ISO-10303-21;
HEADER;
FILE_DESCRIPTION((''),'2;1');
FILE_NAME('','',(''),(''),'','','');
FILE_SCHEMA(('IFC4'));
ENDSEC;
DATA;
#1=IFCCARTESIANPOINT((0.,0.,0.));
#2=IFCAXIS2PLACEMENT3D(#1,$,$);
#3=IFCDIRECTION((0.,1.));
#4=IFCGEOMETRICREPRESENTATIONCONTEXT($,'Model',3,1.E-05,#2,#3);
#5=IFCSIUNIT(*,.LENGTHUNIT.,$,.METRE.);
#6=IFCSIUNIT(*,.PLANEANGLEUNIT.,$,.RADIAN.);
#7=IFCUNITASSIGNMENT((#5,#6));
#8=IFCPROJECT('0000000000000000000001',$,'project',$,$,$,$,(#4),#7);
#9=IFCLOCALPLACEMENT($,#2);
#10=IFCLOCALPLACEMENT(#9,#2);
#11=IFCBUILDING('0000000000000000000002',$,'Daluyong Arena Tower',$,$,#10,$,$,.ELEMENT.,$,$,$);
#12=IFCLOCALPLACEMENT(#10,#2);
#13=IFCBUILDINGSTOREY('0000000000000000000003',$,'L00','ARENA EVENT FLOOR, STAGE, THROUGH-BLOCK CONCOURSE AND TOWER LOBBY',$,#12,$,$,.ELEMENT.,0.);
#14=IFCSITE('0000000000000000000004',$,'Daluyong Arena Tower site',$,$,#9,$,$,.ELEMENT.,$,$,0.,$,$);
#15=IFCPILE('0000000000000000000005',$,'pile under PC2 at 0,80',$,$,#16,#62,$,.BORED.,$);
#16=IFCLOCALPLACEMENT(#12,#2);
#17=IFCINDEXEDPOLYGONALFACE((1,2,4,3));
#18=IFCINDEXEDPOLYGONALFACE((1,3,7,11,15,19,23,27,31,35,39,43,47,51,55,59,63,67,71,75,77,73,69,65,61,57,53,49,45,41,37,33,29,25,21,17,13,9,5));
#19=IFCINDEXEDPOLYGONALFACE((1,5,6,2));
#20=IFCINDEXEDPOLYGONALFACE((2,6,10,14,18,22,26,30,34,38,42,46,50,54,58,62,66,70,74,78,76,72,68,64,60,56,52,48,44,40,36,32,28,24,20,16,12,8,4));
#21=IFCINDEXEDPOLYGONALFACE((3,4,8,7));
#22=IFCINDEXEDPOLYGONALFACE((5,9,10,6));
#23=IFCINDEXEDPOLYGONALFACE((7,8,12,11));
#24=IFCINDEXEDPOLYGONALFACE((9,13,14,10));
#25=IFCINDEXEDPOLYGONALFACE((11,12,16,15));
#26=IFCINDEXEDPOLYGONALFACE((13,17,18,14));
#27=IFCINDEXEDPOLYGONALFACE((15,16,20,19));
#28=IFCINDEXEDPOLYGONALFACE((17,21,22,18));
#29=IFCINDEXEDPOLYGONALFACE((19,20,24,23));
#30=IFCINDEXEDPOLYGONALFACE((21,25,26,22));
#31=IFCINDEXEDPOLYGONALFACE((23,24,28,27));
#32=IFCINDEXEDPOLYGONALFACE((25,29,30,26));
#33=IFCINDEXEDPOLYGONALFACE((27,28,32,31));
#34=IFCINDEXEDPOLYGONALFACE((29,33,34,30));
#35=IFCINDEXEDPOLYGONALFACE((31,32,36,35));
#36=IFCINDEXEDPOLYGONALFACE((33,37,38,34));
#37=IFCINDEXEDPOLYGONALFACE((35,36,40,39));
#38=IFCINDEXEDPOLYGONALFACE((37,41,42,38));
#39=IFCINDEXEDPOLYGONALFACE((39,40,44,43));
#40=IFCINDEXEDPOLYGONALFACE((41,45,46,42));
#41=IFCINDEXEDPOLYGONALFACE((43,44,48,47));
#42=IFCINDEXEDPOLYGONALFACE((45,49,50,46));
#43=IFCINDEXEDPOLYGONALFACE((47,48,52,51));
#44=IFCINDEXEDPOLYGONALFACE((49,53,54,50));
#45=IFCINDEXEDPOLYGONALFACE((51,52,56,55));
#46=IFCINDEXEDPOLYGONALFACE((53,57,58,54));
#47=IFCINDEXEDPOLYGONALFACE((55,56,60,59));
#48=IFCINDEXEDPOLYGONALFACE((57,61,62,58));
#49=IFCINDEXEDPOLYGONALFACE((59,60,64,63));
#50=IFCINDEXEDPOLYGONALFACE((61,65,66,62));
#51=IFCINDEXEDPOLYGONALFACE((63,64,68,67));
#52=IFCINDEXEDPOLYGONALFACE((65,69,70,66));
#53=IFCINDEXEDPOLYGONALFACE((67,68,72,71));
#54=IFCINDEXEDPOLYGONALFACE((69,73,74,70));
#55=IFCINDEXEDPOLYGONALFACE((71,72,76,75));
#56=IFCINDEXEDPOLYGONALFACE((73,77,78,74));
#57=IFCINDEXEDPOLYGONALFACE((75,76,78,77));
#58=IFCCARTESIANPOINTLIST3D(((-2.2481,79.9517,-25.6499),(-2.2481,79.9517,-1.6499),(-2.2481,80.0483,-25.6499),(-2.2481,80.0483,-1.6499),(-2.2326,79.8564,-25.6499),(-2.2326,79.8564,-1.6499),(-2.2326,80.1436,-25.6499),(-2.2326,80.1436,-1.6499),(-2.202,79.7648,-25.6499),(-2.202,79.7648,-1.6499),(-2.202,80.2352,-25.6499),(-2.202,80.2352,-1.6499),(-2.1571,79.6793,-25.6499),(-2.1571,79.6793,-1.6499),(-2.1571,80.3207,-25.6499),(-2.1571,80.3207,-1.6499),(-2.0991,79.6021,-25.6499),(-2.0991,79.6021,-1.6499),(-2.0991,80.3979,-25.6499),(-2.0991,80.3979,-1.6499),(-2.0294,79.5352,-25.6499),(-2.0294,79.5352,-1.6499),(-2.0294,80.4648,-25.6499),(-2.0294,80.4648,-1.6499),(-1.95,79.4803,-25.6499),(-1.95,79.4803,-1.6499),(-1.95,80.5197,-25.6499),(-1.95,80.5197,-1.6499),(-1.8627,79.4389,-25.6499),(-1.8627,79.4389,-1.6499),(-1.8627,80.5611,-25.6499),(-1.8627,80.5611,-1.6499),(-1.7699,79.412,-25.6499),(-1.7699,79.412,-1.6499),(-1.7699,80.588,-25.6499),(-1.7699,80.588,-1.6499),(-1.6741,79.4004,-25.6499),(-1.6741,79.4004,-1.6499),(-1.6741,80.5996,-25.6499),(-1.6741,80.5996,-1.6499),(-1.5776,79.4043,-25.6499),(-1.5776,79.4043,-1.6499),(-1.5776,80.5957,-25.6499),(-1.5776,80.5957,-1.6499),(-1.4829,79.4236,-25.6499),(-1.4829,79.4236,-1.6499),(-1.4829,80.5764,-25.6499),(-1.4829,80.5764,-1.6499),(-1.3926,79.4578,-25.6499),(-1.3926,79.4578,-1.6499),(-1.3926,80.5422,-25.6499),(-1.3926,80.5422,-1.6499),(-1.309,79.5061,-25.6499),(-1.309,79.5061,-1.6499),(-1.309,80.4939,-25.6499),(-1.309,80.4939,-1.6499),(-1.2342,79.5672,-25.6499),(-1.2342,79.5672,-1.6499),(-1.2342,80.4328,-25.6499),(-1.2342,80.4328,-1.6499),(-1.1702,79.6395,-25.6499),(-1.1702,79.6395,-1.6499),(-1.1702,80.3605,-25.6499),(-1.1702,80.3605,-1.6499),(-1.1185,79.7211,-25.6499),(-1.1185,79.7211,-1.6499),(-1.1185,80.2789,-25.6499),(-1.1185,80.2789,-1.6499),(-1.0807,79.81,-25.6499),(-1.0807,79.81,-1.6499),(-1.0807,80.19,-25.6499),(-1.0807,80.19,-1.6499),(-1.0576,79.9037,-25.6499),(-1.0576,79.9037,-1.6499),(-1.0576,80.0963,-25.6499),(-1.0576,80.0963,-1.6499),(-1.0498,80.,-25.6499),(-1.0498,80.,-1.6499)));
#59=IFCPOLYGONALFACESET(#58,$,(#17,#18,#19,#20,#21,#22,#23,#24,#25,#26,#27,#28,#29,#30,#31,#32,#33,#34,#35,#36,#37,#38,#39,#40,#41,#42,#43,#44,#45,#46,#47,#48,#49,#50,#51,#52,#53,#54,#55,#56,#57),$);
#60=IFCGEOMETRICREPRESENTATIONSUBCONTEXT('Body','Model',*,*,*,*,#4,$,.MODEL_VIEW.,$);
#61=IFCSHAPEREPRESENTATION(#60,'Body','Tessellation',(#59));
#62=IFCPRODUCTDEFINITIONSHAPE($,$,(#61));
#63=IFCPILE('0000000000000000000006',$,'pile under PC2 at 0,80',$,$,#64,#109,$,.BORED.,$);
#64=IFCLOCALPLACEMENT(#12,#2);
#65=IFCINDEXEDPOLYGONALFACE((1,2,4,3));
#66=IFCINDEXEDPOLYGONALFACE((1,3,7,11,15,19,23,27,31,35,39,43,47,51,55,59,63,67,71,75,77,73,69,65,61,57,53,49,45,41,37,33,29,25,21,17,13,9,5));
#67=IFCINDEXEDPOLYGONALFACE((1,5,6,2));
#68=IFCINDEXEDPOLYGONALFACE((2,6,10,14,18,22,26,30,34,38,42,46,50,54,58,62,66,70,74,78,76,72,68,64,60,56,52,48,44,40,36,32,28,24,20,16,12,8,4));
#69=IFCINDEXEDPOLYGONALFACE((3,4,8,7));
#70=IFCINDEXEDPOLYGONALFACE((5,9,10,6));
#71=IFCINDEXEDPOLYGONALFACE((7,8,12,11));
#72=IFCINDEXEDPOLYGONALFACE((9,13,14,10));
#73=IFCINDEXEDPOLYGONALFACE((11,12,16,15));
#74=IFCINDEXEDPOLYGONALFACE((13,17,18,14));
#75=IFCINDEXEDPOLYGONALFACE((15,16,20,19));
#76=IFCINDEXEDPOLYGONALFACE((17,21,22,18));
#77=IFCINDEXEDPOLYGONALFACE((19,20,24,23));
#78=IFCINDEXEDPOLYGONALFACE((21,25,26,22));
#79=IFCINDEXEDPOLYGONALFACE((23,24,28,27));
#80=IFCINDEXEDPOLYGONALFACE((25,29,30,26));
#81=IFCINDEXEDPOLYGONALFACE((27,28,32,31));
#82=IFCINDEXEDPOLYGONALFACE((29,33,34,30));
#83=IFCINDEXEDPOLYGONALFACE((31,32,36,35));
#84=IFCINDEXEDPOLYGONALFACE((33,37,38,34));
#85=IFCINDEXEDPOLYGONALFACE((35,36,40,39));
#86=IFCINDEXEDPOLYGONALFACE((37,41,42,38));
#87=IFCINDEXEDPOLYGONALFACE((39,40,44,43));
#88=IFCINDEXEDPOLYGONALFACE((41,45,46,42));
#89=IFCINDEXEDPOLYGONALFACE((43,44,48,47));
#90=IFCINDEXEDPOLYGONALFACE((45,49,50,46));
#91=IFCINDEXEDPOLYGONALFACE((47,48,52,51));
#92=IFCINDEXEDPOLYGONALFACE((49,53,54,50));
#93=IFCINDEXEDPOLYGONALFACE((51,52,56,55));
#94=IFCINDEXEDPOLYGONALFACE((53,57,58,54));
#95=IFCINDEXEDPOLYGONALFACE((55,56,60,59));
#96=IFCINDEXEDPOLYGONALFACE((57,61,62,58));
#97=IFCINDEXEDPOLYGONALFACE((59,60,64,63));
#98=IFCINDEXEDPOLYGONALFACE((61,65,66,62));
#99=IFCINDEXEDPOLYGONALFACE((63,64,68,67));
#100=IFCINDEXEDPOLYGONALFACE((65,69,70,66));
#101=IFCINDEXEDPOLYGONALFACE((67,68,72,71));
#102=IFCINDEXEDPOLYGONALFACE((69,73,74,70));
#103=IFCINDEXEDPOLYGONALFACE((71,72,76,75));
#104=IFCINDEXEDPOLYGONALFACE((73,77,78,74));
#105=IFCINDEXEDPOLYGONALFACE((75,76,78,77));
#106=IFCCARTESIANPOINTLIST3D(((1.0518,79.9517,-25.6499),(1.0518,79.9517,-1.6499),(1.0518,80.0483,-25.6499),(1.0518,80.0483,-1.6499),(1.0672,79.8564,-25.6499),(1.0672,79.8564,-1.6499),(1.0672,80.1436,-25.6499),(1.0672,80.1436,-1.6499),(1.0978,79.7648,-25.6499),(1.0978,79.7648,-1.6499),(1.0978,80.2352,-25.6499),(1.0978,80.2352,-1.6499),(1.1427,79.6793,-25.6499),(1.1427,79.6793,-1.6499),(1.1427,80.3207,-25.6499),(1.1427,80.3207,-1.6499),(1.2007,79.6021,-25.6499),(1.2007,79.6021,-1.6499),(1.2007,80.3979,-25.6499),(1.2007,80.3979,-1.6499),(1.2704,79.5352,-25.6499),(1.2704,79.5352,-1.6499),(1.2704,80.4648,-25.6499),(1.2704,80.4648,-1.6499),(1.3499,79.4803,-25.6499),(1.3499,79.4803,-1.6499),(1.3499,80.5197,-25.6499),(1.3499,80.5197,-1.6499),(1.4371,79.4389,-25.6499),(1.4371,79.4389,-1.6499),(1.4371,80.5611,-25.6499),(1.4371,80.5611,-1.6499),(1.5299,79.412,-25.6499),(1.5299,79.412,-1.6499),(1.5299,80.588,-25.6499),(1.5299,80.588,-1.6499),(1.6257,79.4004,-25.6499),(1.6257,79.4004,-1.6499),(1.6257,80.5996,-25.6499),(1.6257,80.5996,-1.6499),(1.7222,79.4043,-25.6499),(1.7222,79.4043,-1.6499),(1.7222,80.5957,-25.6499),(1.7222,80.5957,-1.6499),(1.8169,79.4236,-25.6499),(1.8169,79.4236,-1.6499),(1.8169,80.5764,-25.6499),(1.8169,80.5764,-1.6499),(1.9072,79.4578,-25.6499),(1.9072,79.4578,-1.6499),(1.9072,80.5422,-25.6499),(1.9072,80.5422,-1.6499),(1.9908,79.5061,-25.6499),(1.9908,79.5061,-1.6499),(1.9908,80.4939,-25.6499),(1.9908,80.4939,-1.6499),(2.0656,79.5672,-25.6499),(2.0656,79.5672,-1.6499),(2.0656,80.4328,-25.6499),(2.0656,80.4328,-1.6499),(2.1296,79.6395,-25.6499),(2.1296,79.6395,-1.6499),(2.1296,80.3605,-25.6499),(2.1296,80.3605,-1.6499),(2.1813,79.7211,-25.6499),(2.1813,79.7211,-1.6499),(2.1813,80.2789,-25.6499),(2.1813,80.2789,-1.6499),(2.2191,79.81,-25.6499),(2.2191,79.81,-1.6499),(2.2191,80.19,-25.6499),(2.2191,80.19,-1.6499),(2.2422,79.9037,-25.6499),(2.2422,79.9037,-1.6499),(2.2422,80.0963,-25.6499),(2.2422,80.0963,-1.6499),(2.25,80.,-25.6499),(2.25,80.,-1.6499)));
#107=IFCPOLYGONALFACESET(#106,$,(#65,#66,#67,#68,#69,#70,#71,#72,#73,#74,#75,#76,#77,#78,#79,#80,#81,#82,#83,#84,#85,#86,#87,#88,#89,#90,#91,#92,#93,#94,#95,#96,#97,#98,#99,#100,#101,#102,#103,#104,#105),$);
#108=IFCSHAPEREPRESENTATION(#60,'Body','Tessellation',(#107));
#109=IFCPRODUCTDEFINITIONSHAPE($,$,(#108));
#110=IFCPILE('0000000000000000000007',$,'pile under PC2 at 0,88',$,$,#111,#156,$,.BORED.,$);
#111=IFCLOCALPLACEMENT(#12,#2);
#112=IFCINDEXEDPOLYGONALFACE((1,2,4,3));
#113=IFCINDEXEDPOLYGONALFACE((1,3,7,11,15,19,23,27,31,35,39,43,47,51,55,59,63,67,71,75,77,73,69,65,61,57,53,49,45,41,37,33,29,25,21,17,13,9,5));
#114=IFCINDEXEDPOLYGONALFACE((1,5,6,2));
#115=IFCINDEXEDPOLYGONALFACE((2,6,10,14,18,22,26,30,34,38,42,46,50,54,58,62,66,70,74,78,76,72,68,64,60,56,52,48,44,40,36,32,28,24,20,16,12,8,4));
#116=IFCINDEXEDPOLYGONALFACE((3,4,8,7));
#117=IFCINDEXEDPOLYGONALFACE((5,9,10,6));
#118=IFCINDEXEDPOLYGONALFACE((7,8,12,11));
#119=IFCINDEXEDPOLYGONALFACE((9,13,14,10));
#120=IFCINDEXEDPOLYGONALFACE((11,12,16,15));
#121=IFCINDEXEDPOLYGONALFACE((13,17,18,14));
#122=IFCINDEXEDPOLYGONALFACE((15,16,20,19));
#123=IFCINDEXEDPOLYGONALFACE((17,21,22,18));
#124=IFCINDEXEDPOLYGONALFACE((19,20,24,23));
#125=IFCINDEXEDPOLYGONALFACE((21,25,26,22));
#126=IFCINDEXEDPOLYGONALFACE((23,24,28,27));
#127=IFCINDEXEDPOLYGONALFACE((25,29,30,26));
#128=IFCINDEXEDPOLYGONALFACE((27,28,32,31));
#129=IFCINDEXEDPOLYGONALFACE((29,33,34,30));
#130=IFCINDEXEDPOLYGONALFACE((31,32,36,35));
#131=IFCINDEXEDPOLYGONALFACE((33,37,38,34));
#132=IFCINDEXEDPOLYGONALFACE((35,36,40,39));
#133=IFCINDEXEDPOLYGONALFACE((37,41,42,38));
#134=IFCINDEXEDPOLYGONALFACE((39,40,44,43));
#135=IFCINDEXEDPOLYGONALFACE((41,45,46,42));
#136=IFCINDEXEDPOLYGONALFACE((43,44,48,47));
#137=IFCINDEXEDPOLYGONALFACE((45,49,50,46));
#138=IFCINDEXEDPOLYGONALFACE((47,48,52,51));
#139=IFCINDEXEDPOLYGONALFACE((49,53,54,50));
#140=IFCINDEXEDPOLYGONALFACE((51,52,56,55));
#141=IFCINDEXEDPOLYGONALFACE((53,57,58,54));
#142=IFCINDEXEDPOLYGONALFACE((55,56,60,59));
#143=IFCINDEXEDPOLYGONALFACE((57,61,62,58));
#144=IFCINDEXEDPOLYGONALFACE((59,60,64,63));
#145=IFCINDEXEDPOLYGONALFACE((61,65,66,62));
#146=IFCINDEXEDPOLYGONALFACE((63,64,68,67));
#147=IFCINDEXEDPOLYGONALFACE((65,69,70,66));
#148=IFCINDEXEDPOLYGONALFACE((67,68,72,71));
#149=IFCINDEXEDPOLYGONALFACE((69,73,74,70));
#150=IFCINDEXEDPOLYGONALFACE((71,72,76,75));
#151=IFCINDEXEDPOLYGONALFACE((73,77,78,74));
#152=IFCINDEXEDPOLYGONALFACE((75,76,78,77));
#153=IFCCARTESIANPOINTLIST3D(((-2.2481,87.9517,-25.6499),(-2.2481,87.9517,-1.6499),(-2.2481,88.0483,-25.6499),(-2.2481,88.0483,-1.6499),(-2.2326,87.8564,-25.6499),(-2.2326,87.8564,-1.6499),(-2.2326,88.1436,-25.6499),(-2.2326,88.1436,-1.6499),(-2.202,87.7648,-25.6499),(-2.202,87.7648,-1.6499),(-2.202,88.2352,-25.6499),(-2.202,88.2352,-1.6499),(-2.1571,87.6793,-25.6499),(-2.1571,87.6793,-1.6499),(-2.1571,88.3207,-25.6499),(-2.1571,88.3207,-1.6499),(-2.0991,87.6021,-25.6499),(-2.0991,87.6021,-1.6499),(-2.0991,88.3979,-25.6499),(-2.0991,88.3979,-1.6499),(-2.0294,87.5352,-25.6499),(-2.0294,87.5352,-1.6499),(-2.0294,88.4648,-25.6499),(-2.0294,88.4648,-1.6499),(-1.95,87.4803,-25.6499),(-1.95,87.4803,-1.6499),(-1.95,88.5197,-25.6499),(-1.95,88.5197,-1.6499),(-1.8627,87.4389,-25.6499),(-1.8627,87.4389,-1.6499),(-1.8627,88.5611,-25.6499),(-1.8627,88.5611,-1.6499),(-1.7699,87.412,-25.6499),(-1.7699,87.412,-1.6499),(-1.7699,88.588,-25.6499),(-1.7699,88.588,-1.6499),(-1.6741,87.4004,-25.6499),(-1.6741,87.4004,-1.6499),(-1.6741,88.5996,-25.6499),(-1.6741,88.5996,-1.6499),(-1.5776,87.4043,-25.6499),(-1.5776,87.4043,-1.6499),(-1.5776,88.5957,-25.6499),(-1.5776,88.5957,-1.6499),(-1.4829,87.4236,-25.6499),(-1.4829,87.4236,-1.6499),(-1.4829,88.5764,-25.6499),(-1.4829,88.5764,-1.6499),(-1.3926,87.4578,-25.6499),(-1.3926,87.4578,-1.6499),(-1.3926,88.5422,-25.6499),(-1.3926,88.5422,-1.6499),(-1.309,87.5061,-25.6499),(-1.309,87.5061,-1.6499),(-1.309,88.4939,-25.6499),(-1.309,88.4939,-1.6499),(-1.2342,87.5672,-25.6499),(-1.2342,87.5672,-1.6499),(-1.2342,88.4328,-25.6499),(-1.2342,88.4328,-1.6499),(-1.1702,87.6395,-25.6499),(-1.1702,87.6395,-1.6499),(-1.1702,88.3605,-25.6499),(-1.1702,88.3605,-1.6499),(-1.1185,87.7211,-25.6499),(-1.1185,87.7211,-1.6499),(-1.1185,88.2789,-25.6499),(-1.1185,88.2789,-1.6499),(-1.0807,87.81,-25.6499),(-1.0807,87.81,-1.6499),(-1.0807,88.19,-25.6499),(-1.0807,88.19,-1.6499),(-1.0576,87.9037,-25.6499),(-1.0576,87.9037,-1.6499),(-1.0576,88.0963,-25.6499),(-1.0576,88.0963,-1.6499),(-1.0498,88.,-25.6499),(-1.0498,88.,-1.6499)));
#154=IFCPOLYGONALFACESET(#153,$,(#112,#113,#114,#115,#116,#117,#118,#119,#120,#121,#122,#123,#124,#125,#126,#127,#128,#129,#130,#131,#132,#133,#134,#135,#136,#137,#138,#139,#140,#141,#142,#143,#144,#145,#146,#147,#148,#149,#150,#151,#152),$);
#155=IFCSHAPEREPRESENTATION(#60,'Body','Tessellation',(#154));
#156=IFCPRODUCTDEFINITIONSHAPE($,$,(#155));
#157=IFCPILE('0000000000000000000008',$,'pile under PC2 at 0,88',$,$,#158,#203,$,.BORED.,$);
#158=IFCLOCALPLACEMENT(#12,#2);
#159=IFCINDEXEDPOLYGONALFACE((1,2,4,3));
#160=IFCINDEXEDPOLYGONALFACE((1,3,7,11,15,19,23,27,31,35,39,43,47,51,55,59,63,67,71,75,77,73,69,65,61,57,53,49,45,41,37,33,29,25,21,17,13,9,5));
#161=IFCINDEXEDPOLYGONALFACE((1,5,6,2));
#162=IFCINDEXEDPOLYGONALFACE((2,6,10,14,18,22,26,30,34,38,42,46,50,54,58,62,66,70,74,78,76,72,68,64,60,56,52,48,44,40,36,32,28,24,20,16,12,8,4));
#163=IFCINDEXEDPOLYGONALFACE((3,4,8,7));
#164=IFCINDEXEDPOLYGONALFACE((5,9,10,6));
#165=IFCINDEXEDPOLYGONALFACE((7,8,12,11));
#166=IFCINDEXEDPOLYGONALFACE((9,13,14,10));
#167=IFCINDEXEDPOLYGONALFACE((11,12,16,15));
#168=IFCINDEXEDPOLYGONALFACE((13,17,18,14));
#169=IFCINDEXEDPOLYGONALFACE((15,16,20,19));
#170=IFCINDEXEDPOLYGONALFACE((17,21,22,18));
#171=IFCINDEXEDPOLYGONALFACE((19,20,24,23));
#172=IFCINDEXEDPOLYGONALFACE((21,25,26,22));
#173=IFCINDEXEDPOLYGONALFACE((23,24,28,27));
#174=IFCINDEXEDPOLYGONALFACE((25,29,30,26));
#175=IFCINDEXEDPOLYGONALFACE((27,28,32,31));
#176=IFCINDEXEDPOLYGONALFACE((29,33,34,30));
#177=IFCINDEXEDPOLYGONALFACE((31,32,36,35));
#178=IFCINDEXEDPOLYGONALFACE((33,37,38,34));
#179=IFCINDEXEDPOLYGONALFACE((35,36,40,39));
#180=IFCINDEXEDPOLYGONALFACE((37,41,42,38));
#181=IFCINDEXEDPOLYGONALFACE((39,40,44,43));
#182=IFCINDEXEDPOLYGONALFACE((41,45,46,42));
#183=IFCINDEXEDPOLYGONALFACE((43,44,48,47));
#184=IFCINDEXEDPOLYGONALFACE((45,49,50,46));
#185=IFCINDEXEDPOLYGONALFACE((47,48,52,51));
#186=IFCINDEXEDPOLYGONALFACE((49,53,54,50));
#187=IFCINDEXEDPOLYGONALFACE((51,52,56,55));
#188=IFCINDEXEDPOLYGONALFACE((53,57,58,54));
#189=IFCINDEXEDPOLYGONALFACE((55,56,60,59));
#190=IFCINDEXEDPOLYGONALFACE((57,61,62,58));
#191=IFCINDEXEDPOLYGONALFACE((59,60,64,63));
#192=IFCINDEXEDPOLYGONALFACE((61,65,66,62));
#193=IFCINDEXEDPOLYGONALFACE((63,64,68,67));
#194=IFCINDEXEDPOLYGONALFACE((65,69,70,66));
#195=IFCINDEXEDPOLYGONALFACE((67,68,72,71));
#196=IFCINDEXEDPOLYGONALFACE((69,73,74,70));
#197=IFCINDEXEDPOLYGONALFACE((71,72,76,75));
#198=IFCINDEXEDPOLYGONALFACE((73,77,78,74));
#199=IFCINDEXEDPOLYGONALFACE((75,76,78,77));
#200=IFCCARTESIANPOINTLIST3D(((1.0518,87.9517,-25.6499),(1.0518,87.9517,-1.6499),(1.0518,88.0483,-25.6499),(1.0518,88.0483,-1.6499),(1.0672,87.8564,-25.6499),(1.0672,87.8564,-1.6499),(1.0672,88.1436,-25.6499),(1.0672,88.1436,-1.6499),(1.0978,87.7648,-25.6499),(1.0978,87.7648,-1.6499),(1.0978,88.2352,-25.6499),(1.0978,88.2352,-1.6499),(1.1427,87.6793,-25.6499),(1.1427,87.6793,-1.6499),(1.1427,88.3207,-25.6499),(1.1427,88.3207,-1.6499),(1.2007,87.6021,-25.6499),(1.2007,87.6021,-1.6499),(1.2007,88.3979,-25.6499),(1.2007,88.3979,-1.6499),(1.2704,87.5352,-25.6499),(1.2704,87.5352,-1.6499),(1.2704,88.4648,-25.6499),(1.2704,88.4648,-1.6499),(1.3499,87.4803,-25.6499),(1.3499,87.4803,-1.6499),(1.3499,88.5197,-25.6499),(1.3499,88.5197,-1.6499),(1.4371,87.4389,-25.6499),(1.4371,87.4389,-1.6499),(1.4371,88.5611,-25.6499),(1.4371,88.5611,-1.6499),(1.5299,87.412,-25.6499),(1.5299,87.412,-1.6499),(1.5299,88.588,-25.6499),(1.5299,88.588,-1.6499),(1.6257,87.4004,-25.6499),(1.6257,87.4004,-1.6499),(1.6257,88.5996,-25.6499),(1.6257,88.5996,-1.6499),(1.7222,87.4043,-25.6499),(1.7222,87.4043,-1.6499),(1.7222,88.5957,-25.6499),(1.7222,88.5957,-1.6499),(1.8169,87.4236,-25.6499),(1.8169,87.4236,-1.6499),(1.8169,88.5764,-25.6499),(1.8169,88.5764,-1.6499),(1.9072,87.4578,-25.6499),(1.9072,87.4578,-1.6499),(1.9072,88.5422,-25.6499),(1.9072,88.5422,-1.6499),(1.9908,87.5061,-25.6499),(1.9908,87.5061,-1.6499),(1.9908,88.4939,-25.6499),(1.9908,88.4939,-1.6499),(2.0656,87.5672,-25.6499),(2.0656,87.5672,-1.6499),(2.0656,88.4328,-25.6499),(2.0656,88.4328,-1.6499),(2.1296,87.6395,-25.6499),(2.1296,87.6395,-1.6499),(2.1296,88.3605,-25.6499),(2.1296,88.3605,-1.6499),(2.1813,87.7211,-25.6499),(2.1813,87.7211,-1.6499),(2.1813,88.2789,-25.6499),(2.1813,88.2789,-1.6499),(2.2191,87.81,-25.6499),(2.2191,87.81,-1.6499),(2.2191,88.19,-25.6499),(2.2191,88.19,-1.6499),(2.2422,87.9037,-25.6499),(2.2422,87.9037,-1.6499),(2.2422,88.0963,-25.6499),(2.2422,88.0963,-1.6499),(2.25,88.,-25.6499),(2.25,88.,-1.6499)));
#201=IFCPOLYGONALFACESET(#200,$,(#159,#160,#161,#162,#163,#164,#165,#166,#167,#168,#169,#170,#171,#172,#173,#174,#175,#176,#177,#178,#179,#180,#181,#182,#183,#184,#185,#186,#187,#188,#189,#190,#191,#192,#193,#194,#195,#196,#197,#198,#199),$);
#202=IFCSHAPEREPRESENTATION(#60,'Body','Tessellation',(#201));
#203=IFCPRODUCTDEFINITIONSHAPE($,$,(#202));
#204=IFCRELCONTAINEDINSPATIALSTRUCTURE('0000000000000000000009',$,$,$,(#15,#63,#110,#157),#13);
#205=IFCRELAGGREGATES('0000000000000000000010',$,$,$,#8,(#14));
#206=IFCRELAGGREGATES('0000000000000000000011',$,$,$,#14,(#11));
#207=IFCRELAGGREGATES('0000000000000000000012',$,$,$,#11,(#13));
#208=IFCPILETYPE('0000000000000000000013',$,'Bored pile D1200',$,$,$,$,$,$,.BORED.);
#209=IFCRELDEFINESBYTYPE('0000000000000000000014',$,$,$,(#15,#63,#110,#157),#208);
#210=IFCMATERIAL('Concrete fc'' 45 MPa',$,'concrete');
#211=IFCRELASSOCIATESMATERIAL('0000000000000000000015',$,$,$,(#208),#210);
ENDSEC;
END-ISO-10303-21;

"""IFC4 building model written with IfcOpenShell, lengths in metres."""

from ifc_helpers import new_model, si_unit, direction, frame, origin, origin_2d, place, context, subcontext, project, spatial, circle, extrude, material, type_object, element, save


model = new_model("IFC4")

# Units and contexts
model_context = context("Model", 3, precision=1e-05, world=origin(), true_north=direction((0.0, 1.0)))
body_context = subcontext(model_context, "Body", "Model", "MODEL_VIEW")
ifc_project = project(units=[si_unit("LENGTHUNIT", "METRE"), si_unit("PLANEANGLEUNIT", "RADIAN")], contexts=[model_context])

# Site, building, storey
site_placement = place(None, origin())
site = spatial("IfcSite", under=ifc_project, at=site_placement, Name="Daluyong Arena Tower site", CompositionType="ELEMENT", RefElevation=0.0)
building_placement = place(site_placement, origin())
building = spatial("IfcBuilding", under=site, at=building_placement, Name="Daluyong Arena Tower", CompositionType="ELEMENT")
storey_placement = place(building_placement, origin())
storey = spatial("IfcBuildingStorey", under=building, at=storey_placement, Name="L00", Description="ARENA EVENT FLOOR, STAGE, THROUGH-BLOCK CONCOURSE AND TOWER LOBBY", CompositionType="ELEMENT", Elevation=0.0)

# Piles
ifc_material_1 = material(Name="Concrete fc' 45 MPa", Category="concrete")
pile_type = type_object("IfcPileType", Name="Bored pile D1200", PredefinedType="BORED", material=ifc_material_1)
for number, where, z_axis, x_axis, name in (
    (1, (-1.6499, 80.0, -1.6499), (0.0, 0.0, -1.0), (1.0, 0.0, 0.0), "pile under PC2 at 0,80"),
    (2, (1.6499, 80.0, -1.6499), (0.0, 0.0, -1.0), (1.0, 0.0, 0.0), "pile under PC2 at 0,80"),
    (3, (-1.6499, 88.0, -1.6499), (0.0, 0.0, -1.0), (1.0, 0.0, 0.0), "pile under PC2 at 0,88"),
    (4, (1.6499, 88.0, -1.6499), (0.0, 0.0, -1.0), (1.0, 0.0, 0.0), "pile under PC2 at 0,88"),
):
    element("IfcPile", number, at=place(storey_placement, frame(where, z_axis=z_axis, x_axis=x_axis)), inside=storey, type_object=pile_type, Name=name, PredefinedType="BORED", context=body_context, shape_type="SweptSolid", body=[
        extrude(circle(Radius=0.6001, at=origin_2d()), origin(), (0.0, 0.0, 1.0), 24.0),
    ])

save(model, "model.ifc")
